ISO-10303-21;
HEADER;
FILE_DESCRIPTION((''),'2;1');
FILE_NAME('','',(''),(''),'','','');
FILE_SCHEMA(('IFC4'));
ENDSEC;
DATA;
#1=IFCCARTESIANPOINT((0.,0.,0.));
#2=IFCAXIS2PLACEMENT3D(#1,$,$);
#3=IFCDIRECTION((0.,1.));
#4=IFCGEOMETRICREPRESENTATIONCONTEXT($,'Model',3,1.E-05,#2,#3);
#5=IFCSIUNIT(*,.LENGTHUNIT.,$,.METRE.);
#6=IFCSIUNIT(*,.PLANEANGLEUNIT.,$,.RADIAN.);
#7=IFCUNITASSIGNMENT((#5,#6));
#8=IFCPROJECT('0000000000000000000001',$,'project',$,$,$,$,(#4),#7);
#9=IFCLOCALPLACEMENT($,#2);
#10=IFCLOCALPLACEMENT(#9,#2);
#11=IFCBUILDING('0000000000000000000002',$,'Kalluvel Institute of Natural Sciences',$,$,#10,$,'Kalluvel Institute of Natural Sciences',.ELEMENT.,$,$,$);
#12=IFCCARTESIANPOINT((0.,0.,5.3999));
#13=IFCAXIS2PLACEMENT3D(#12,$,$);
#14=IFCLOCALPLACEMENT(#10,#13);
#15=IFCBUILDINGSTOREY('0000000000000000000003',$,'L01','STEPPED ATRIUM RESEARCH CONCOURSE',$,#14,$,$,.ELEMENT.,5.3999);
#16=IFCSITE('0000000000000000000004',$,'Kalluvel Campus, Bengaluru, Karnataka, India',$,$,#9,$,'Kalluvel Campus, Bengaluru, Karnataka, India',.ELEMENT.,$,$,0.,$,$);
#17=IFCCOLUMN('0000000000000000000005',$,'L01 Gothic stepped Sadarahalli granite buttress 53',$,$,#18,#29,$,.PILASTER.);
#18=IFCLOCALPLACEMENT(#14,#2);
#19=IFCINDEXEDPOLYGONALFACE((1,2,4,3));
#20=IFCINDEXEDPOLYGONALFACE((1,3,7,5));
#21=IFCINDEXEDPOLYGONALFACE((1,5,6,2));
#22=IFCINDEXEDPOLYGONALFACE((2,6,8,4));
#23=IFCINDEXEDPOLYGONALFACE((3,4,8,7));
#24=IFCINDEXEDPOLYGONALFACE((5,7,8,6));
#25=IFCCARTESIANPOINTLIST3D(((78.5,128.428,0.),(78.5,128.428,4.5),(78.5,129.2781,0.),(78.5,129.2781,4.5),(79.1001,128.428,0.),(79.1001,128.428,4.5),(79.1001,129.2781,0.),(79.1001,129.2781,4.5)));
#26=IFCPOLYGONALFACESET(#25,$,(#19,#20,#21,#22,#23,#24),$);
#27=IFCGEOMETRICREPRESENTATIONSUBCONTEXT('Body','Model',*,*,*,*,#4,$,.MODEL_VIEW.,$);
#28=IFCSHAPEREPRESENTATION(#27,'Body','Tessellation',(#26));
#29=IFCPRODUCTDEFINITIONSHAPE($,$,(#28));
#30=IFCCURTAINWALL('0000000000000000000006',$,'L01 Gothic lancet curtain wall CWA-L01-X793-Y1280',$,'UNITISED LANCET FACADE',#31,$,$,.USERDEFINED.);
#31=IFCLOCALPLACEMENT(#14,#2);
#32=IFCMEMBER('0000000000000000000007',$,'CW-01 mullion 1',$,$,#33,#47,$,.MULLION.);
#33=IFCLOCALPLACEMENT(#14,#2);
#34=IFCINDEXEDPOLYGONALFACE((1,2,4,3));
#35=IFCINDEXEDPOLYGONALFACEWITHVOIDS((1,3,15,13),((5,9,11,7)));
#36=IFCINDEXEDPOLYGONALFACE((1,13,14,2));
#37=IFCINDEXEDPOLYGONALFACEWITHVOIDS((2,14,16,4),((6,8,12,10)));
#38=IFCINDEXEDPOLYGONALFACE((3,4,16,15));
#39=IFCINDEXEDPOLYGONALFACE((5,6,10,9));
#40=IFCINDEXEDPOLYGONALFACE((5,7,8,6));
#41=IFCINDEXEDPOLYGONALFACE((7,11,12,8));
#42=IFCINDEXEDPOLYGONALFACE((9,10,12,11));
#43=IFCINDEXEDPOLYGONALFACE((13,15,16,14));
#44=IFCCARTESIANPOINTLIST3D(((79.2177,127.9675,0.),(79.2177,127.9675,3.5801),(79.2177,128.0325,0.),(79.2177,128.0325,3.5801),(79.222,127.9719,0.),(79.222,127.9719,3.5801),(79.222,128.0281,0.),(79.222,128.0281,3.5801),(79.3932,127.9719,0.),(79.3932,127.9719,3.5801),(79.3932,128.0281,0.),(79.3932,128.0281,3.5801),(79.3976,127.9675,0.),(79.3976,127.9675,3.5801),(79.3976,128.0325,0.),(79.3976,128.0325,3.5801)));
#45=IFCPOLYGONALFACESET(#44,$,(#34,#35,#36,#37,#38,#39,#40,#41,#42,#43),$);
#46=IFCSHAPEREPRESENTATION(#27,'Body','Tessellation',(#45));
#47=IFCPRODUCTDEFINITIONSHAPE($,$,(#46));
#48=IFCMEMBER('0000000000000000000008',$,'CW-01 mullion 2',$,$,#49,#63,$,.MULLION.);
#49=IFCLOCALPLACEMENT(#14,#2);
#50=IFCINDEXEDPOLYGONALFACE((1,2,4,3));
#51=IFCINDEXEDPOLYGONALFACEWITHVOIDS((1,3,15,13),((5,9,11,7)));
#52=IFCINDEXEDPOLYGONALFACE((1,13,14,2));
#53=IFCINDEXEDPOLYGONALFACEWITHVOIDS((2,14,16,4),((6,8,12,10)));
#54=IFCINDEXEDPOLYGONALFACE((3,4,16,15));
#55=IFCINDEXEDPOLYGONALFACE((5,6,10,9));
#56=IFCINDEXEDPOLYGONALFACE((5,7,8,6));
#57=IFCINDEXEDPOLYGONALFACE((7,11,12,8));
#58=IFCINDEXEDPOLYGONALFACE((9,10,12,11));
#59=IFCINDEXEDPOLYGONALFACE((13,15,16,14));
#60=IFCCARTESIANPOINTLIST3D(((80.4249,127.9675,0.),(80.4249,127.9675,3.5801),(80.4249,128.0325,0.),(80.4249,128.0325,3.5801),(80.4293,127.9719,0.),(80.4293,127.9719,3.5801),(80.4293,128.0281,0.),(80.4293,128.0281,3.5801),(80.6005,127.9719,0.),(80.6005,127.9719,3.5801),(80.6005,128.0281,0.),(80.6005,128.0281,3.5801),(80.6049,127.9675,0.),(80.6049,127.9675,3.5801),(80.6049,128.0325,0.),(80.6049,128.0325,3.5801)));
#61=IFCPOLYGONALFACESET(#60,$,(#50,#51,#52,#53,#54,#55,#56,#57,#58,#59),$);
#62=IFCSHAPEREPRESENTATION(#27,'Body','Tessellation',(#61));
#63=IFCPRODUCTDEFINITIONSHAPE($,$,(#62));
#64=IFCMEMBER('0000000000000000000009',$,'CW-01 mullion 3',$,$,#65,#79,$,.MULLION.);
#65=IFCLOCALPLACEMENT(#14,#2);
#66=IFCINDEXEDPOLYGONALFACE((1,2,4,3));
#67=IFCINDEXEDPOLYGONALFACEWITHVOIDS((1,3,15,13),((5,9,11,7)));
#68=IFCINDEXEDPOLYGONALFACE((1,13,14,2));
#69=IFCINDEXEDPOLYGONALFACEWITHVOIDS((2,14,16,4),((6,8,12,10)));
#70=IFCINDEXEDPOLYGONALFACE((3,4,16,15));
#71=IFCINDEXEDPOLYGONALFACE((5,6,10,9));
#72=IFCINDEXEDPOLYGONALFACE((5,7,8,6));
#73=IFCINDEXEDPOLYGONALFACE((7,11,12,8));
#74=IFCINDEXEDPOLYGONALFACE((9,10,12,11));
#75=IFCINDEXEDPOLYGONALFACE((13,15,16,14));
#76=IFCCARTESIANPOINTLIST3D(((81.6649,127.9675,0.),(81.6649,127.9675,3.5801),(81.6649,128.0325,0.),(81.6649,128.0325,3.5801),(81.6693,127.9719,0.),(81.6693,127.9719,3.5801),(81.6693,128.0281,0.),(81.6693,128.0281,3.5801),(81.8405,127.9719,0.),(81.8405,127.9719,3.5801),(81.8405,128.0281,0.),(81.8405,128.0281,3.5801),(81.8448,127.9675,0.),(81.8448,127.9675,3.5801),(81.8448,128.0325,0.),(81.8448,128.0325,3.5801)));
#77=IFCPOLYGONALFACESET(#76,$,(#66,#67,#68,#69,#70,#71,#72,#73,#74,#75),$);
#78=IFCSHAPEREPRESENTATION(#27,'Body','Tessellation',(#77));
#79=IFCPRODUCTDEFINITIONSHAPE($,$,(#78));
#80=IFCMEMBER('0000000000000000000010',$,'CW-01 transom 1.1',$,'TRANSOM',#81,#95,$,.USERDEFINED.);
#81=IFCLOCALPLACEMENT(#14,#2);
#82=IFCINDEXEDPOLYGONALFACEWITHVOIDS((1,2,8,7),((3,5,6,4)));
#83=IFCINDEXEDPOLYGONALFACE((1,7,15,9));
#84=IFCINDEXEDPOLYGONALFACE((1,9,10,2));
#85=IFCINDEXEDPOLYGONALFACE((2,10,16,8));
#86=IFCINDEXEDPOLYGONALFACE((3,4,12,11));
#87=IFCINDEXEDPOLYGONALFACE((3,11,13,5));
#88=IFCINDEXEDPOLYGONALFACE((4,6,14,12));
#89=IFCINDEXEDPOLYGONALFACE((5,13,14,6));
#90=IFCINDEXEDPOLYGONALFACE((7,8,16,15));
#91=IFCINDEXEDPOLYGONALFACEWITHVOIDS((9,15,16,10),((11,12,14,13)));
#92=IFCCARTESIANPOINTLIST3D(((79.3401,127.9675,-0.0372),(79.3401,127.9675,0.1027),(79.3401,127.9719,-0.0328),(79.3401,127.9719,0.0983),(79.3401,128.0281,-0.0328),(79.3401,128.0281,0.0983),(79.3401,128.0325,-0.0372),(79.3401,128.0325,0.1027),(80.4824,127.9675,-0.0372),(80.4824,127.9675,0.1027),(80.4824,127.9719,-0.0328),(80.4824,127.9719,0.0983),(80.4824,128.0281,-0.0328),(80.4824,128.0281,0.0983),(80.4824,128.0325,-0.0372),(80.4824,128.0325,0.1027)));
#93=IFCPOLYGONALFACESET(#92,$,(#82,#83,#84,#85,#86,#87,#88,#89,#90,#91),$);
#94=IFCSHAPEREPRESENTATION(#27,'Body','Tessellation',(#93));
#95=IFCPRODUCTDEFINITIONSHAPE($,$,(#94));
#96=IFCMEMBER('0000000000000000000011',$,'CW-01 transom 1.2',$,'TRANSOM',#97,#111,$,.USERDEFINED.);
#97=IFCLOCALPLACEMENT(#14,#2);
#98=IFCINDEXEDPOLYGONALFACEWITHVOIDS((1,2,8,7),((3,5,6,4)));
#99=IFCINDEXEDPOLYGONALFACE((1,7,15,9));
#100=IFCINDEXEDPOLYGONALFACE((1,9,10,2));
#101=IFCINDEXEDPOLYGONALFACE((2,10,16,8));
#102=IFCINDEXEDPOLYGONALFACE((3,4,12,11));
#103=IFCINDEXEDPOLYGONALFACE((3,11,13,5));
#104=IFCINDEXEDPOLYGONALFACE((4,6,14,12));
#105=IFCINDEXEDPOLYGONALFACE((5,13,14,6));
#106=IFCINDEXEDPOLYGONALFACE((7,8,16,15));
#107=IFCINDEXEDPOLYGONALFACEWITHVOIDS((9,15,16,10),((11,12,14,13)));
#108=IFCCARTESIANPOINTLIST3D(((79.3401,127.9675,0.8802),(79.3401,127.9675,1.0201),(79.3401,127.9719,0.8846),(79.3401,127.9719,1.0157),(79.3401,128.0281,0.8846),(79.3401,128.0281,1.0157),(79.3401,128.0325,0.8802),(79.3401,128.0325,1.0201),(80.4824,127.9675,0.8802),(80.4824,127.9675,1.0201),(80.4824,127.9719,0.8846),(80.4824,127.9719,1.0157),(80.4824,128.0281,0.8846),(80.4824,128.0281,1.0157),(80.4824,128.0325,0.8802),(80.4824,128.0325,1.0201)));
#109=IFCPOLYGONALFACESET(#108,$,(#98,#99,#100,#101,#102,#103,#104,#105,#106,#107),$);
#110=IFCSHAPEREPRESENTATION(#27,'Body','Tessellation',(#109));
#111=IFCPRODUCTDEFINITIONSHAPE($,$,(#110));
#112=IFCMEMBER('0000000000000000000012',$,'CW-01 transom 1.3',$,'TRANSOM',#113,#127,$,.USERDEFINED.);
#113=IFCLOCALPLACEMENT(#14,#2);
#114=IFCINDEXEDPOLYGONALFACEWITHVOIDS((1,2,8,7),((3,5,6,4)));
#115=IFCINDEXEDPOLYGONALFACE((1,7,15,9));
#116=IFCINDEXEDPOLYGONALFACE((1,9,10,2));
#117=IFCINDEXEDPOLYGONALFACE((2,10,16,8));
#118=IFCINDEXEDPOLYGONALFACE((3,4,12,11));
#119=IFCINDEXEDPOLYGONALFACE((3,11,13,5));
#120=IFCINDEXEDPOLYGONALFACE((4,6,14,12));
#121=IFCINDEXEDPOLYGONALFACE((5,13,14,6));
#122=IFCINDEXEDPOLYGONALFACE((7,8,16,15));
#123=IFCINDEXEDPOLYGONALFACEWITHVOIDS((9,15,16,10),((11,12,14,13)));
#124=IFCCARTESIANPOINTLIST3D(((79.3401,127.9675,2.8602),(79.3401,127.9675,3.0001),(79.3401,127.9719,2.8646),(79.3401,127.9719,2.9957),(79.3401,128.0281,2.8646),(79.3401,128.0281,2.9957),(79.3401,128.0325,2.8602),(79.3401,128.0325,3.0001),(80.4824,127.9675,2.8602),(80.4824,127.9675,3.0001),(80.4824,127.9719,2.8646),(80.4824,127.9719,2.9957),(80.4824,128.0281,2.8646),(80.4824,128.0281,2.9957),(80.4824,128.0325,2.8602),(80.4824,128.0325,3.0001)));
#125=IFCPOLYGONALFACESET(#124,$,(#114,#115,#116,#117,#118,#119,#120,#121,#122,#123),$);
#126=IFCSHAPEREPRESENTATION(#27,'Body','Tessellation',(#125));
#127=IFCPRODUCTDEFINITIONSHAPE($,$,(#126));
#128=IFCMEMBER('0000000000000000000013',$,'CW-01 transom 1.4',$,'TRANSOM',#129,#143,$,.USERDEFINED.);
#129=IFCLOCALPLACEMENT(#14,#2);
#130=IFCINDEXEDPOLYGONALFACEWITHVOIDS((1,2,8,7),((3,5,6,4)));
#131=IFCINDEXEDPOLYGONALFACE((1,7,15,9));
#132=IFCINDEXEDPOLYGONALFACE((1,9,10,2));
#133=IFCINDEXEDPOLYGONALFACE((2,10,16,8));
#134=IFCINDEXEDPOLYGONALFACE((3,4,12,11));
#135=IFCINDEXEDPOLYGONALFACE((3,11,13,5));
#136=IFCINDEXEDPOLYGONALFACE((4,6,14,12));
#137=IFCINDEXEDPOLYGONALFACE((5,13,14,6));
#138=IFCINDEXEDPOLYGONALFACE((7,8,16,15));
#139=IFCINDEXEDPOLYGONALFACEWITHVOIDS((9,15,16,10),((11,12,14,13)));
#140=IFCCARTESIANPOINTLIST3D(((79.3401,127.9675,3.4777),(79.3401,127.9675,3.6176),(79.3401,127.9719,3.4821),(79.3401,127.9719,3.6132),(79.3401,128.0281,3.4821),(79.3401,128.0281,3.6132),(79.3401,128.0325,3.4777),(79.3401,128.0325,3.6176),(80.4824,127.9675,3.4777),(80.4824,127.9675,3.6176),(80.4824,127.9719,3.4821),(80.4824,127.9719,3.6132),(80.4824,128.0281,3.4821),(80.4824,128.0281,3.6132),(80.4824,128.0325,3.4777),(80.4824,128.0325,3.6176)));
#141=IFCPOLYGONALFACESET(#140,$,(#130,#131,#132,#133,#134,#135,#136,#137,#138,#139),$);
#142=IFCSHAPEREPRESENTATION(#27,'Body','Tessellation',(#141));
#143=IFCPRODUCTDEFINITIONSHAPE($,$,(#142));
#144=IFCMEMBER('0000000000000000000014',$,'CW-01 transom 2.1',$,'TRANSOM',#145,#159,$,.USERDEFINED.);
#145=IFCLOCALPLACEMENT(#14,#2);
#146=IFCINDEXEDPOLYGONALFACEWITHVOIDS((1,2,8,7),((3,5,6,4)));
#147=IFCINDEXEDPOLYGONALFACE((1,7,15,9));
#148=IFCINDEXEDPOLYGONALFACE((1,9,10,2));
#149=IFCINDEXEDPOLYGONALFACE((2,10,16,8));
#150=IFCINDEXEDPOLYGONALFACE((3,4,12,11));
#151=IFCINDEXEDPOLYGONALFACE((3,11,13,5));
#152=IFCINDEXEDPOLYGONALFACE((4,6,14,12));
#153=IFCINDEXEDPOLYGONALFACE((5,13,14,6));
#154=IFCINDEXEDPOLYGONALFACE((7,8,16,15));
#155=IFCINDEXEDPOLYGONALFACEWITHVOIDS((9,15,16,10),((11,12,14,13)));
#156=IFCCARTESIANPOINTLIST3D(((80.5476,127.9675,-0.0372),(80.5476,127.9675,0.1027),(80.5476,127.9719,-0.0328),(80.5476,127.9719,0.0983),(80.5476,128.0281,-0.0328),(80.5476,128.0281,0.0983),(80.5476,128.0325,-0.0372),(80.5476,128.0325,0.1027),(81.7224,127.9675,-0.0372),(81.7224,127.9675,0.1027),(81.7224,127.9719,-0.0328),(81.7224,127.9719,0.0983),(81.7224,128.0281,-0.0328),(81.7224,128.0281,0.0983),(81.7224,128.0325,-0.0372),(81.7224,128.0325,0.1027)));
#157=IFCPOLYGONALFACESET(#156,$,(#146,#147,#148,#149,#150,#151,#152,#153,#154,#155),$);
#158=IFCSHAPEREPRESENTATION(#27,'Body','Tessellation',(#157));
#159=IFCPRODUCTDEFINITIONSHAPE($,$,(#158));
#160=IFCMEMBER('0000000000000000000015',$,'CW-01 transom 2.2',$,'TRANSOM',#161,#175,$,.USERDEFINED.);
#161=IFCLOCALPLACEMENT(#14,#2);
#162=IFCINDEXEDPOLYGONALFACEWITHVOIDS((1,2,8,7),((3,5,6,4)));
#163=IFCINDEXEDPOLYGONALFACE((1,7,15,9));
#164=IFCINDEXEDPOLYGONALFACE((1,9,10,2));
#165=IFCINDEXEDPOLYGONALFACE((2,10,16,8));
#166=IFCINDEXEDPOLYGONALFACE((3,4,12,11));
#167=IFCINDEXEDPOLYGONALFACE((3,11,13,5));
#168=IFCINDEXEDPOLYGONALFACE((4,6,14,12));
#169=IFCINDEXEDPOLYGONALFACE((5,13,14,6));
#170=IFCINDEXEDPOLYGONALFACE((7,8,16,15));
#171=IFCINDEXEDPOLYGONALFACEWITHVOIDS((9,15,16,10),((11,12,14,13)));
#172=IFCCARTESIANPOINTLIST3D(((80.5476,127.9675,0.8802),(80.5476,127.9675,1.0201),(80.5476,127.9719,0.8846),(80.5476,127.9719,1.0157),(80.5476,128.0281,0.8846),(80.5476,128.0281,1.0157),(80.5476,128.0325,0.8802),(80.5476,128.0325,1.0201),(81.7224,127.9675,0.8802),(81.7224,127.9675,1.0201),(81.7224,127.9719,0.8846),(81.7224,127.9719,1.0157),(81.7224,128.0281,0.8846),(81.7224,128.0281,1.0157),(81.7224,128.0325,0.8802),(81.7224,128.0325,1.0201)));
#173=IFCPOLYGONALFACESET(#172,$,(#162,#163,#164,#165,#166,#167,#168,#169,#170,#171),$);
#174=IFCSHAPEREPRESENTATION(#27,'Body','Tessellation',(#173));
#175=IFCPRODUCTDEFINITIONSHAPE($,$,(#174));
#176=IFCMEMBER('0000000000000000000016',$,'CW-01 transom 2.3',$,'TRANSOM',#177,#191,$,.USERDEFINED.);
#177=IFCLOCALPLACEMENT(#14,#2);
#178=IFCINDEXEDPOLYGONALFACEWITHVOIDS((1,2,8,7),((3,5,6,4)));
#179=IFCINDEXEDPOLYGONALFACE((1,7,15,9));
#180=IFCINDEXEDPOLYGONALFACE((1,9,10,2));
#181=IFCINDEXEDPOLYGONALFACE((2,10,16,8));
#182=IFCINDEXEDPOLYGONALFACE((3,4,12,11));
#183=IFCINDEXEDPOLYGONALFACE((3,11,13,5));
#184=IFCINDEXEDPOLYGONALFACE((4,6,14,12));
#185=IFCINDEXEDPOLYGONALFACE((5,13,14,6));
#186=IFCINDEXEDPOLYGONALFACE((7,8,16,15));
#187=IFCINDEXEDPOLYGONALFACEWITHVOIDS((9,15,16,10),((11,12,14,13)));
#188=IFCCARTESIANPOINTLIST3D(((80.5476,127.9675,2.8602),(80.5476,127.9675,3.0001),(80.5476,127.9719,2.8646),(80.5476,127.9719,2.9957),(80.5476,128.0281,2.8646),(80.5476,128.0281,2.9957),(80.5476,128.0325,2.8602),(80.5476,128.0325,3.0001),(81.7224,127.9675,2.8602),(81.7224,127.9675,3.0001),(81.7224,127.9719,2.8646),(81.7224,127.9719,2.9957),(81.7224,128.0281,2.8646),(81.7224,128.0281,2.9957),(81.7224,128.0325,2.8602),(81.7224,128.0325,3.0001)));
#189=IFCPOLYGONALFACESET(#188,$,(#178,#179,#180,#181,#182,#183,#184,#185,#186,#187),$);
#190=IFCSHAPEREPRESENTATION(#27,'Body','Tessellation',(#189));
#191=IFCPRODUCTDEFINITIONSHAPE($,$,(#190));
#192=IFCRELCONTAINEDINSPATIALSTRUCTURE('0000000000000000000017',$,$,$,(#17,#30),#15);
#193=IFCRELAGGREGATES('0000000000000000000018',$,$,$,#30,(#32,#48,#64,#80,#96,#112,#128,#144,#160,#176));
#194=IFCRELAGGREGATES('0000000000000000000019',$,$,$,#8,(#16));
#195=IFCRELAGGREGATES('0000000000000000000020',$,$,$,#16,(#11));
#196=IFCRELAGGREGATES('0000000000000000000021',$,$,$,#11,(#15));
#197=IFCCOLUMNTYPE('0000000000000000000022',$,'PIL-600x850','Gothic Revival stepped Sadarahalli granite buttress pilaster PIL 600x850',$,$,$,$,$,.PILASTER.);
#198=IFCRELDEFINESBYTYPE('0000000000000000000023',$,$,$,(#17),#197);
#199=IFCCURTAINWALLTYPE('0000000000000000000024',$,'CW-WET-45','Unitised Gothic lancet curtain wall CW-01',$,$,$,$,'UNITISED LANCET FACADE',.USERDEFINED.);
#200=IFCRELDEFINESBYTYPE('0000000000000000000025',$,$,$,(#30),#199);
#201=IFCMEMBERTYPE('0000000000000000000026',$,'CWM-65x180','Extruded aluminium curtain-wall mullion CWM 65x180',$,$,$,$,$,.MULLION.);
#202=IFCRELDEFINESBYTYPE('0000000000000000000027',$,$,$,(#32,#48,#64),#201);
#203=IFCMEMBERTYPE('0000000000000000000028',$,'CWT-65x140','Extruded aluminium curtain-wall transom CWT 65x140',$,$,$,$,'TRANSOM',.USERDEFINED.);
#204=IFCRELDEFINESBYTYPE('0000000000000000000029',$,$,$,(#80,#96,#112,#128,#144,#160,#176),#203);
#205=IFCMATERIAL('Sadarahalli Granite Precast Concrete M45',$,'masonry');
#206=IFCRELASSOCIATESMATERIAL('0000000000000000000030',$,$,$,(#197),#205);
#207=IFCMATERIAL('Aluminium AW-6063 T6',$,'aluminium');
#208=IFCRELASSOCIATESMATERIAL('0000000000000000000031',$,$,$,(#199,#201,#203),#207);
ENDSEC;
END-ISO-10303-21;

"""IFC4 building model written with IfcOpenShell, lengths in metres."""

from ifc_helpers import new_model, si_unit, direction, frame, origin, origin_2d, place, context, subcontext, project, spatial, rectangle, hollow_rectangle, extrude, material, material_profile, profile_set, type_object, element, aggregate, save


model = new_model("IFC4")

# Units and contexts
model_context = context("Model", 3, precision=1e-05, world=origin(), true_north=direction((0.0, 1.0)))
body_context = subcontext(model_context, "Body", "Model", "MODEL_VIEW")
ifc_project = project(units=[si_unit("LENGTHUNIT", "METRE"), si_unit("PLANEANGLEUNIT", "RADIAN")], contexts=[model_context])

# Site, building, storey
site_placement = place(None, origin())
site = spatial("IfcSite", under=ifc_project, at=site_placement, Name="Kalluvel Campus, Bengaluru, Karnataka, India", LongName="Kalluvel Campus, Bengaluru, Karnataka, India", CompositionType="ELEMENT", RefElevation=0.0)
building_placement = place(site_placement, origin())
building = spatial("IfcBuilding", under=site, at=building_placement, Name="Kalluvel Institute of Natural Sciences", LongName="Kalluvel Institute of Natural Sciences", CompositionType="ELEMENT")
storey_placement = place(building_placement, frame((0.0, 0.0, 5.3999)))
storey = spatial("IfcBuildingStorey", under=building, at=storey_placement, Name="L01", Description="STEPPED ATRIUM RESEARCH CONCOURSE", CompositionType="ELEMENT", Elevation=5.3999)

# Column
ifc_material_1 = material(Name="Sadarahalli Granite Precast Concrete M45", Category="masonry")
ifc_material_profile_1 = material_profile(ifc_material_1, rectangle(XDim=0.6001, YDim=0.8501, at=origin_2d()), Name="PIL 600x850")
ifc_profile_set_1 = profile_set([ifc_material_profile_1], Name="Sadarahalli Granite Precast Concrete M45")
column_type = type_object("IfcColumnType", Name="PIL-600x850", Description="Gothic Revival stepped Sadarahalli granite buttress pilaster PIL 600x850", PredefinedType="PILASTER", material=ifc_profile_set_1)
column_placement = place(storey_placement, frame((78.8, 128.853, 0.0), z_axis=(0.0, 0.0, 1.0), x_axis=(1.0, 0.0, 0.0)))
element("IfcColumn", 1, at=column_placement, inside=storey, type_object=column_type, Name="L01 Gothic stepped Sadarahalli granite buttress 53", PredefinedType="PILASTER", context=body_context, shape_type="SweptSolid", body=[
    extrude(rectangle(XDim=0.6001, YDim=0.8501, at=origin_2d()), origin(), (0.0, 0.0, 1.0), 4.5),
])

# Curtain wall, members
ifc_material_2 = material(Name="Aluminium AW-6063 T6", Category="aluminium")
curtain_wall_type = type_object("IfcCurtainWallType", Name="CW-WET-45", Description="Unitised Gothic lancet curtain wall CW-01", ElementType="UNITISED LANCET FACADE", PredefinedType="USERDEFINED", material=ifc_material_2)
curtain_wall_placement = place(storey_placement, origin())
curtain_wall = element("IfcCurtainWall", 2, at=curtain_wall_placement, inside=storey, type_object=curtain_wall_type, Name="L01 Gothic lancet curtain wall CWA-L01-X793-Y1280", ObjectType="UNITISED LANCET FACADE", PredefinedType="USERDEFINED")
ifc_material_profile_2 = material_profile(ifc_material_2, hollow_rectangle(XDim=0.0649, YDim=0.1799, WallThickness=0.0044, at=origin_2d()), Name="CWM 65x180")
ifc_profile_set_2 = profile_set([ifc_material_profile_2], Name="Aluminium AW-6063 T6")
member_type_1 = type_object("IfcMemberType", Name="CWM-65x180", Description="Extruded aluminium curtain-wall mullion CWM 65x180", PredefinedType="MULLION", material=ifc_profile_set_2)
member_1_placement = place(storey_placement, frame((79.3076, 128.0, 0.0), z_axis=(0.0, 0.0, 1.0), x_axis=(0.0, 1.0, 0.0)))
member_1 = element("IfcMember", 3, at=member_1_placement, type_object=member_type_1, Name="CW-01 mullion 1", PredefinedType="MULLION", context=body_context, shape_type="SweptSolid", body=[
    extrude(hollow_rectangle(XDim=0.0649, YDim=0.1799, WallThickness=0.0044, at=origin_2d()), origin(), (0.0, 0.0, 1.0), 3.5801),
])
member_2_placement = place(storey_placement, frame((80.5149, 128.0, 0.0), z_axis=(0.0, 0.0, 1.0), x_axis=(0.0, 1.0, 0.0)))
member_2 = element("IfcMember", 4, at=member_2_placement, type_object=member_type_1, Name="CW-01 mullion 2", PredefinedType="MULLION", context=body_context, shape_type="SweptSolid", body=[
    extrude(hollow_rectangle(XDim=0.0649, YDim=0.1799, WallThickness=0.0044, at=origin_2d()), origin(), (0.0, 0.0, 1.0), 3.5801),
])
member_3_placement = place(storey_placement, frame((81.7549, 128.0, 0.0), z_axis=(0.0, 0.0, 1.0), x_axis=(0.0, 1.0, 0.0)))
member_3 = element("IfcMember", 5, at=member_3_placement, type_object=member_type_1, Name="CW-01 mullion 3", PredefinedType="MULLION", context=body_context, shape_type="SweptSolid", body=[
    extrude(hollow_rectangle(XDim=0.0649, YDim=0.1799, WallThickness=0.0044, at=origin_2d()), origin(), (0.0, 0.0, 1.0), 3.5801),
])
ifc_material_profile_3 = material_profile(ifc_material_2, hollow_rectangle(XDim=0.0649, YDim=0.1399, WallThickness=0.0044, at=origin_2d()), Name="CWT 65x140")
ifc_profile_set_3 = profile_set([ifc_material_profile_3], Name="Aluminium AW-6063 T6")
member_type_2 = type_object("IfcMemberType", Name="CWT-65x140", Description="Extruded aluminium curtain-wall transom CWT 65x140", ElementType="TRANSOM", PredefinedType="USERDEFINED", material=ifc_profile_set_3)
member_4_placement = place(storey_placement, frame((79.3401, 128.0, 0.0327), z_axis=(1.0, 0.0, 0.0), x_axis=(0.0, 1.0, 0.0)))
member_4 = element("IfcMember", 6, at=member_4_placement, type_object=member_type_2, Name="CW-01 transom 1.1", ObjectType="TRANSOM", PredefinedType="USERDEFINED", context=body_context, shape_type="SweptSolid", body=[
    extrude(hollow_rectangle(XDim=0.0649, YDim=0.1399, WallThickness=0.0044, at=origin_2d()), origin(), (0.0, 0.0, 1.0), 1.1423),
])
member_5_placement = place(storey_placement, frame((79.3401, 128.0, 0.9502), z_axis=(1.0, 0.0, 0.0), x_axis=(0.0, 1.0, 0.0)))
member_5 = element("IfcMember", 7, at=member_5_placement, type_object=member_type_2, Name="CW-01 transom 1.2", ObjectType="TRANSOM", PredefinedType="USERDEFINED", context=body_context, shape_type="SweptSolid", body=[
    extrude(hollow_rectangle(XDim=0.0649, YDim=0.1399, WallThickness=0.0044, at=origin_2d()), origin(), (0.0, 0.0, 1.0), 1.1423),
])
member_6_placement = place(storey_placement, frame((79.3401, 128.0, 2.9302), z_axis=(1.0, 0.0, 0.0), x_axis=(0.0, 1.0, 0.0)))
member_6 = element("IfcMember", 8, at=member_6_placement, type_object=member_type_2, Name="CW-01 transom 1.3", ObjectType="TRANSOM", PredefinedType="USERDEFINED", context=body_context, shape_type="SweptSolid", body=[
    extrude(hollow_rectangle(XDim=0.0649, YDim=0.1399, WallThickness=0.0044, at=origin_2d()), origin(), (0.0, 0.0, 1.0), 1.1423),
])
member_7_placement = place(storey_placement, frame((79.3401, 128.0, 3.5476), z_axis=(1.0, 0.0, 0.0), x_axis=(0.0, 1.0, 0.0)))
member_7 = element("IfcMember", 9, at=member_7_placement, type_object=member_type_2, Name="CW-01 transom 1.4", ObjectType="TRANSOM", PredefinedType="USERDEFINED", context=body_context, shape_type="SweptSolid", body=[
    extrude(hollow_rectangle(XDim=0.0649, YDim=0.1399, WallThickness=0.0044, at=origin_2d()), origin(), (0.0, 0.0, 1.0), 1.1423),
])
member_8_placement = place(storey_placement, frame((80.5476, 128.0, 0.0327), z_axis=(1.0, 0.0, 0.0), x_axis=(0.0, 1.0, 0.0)))
member_8 = element("IfcMember", 10, at=member_8_placement, type_object=member_type_2, Name="CW-01 transom 2.1", ObjectType="TRANSOM", PredefinedType="USERDEFINED", context=body_context, shape_type="SweptSolid", body=[
    extrude(hollow_rectangle(XDim=0.0649, YDim=0.1399, WallThickness=0.0044, at=origin_2d()), origin(), (0.0, 0.0, 1.0), 1.1748),
])
member_9_placement = place(storey_placement, frame((80.5476, 128.0, 0.9502), z_axis=(1.0, 0.0, 0.0), x_axis=(0.0, 1.0, 0.0)))
member_9 = element("IfcMember", 11, at=member_9_placement, type_object=member_type_2, Name="CW-01 transom 2.2", ObjectType="TRANSOM", PredefinedType="USERDEFINED", context=body_context, shape_type="SweptSolid", body=[
    extrude(hollow_rectangle(XDim=0.0649, YDim=0.1399, WallThickness=0.0044, at=origin_2d()), origin(), (0.0, 0.0, 1.0), 1.1748),
])
member_10_placement = place(storey_placement, frame((80.5476, 128.0, 2.9302), z_axis=(1.0, 0.0, 0.0), x_axis=(0.0, 1.0, 0.0)))
member_10 = element("IfcMember", 12, at=member_10_placement, type_object=member_type_2, Name="CW-01 transom 2.3", ObjectType="TRANSOM", PredefinedType="USERDEFINED", context=body_context, shape_type="SweptSolid", body=[
    extrude(hollow_rectangle(XDim=0.0649, YDim=0.1399, WallThickness=0.0044, at=origin_2d()), origin(), (0.0, 0.0, 1.0), 1.1748),
])
aggregate(curtain_wall, [member_1, member_2, member_3, member_4, member_5, member_6, member_7, member_8, member_9, member_10])

save(model, "model.ifc")
